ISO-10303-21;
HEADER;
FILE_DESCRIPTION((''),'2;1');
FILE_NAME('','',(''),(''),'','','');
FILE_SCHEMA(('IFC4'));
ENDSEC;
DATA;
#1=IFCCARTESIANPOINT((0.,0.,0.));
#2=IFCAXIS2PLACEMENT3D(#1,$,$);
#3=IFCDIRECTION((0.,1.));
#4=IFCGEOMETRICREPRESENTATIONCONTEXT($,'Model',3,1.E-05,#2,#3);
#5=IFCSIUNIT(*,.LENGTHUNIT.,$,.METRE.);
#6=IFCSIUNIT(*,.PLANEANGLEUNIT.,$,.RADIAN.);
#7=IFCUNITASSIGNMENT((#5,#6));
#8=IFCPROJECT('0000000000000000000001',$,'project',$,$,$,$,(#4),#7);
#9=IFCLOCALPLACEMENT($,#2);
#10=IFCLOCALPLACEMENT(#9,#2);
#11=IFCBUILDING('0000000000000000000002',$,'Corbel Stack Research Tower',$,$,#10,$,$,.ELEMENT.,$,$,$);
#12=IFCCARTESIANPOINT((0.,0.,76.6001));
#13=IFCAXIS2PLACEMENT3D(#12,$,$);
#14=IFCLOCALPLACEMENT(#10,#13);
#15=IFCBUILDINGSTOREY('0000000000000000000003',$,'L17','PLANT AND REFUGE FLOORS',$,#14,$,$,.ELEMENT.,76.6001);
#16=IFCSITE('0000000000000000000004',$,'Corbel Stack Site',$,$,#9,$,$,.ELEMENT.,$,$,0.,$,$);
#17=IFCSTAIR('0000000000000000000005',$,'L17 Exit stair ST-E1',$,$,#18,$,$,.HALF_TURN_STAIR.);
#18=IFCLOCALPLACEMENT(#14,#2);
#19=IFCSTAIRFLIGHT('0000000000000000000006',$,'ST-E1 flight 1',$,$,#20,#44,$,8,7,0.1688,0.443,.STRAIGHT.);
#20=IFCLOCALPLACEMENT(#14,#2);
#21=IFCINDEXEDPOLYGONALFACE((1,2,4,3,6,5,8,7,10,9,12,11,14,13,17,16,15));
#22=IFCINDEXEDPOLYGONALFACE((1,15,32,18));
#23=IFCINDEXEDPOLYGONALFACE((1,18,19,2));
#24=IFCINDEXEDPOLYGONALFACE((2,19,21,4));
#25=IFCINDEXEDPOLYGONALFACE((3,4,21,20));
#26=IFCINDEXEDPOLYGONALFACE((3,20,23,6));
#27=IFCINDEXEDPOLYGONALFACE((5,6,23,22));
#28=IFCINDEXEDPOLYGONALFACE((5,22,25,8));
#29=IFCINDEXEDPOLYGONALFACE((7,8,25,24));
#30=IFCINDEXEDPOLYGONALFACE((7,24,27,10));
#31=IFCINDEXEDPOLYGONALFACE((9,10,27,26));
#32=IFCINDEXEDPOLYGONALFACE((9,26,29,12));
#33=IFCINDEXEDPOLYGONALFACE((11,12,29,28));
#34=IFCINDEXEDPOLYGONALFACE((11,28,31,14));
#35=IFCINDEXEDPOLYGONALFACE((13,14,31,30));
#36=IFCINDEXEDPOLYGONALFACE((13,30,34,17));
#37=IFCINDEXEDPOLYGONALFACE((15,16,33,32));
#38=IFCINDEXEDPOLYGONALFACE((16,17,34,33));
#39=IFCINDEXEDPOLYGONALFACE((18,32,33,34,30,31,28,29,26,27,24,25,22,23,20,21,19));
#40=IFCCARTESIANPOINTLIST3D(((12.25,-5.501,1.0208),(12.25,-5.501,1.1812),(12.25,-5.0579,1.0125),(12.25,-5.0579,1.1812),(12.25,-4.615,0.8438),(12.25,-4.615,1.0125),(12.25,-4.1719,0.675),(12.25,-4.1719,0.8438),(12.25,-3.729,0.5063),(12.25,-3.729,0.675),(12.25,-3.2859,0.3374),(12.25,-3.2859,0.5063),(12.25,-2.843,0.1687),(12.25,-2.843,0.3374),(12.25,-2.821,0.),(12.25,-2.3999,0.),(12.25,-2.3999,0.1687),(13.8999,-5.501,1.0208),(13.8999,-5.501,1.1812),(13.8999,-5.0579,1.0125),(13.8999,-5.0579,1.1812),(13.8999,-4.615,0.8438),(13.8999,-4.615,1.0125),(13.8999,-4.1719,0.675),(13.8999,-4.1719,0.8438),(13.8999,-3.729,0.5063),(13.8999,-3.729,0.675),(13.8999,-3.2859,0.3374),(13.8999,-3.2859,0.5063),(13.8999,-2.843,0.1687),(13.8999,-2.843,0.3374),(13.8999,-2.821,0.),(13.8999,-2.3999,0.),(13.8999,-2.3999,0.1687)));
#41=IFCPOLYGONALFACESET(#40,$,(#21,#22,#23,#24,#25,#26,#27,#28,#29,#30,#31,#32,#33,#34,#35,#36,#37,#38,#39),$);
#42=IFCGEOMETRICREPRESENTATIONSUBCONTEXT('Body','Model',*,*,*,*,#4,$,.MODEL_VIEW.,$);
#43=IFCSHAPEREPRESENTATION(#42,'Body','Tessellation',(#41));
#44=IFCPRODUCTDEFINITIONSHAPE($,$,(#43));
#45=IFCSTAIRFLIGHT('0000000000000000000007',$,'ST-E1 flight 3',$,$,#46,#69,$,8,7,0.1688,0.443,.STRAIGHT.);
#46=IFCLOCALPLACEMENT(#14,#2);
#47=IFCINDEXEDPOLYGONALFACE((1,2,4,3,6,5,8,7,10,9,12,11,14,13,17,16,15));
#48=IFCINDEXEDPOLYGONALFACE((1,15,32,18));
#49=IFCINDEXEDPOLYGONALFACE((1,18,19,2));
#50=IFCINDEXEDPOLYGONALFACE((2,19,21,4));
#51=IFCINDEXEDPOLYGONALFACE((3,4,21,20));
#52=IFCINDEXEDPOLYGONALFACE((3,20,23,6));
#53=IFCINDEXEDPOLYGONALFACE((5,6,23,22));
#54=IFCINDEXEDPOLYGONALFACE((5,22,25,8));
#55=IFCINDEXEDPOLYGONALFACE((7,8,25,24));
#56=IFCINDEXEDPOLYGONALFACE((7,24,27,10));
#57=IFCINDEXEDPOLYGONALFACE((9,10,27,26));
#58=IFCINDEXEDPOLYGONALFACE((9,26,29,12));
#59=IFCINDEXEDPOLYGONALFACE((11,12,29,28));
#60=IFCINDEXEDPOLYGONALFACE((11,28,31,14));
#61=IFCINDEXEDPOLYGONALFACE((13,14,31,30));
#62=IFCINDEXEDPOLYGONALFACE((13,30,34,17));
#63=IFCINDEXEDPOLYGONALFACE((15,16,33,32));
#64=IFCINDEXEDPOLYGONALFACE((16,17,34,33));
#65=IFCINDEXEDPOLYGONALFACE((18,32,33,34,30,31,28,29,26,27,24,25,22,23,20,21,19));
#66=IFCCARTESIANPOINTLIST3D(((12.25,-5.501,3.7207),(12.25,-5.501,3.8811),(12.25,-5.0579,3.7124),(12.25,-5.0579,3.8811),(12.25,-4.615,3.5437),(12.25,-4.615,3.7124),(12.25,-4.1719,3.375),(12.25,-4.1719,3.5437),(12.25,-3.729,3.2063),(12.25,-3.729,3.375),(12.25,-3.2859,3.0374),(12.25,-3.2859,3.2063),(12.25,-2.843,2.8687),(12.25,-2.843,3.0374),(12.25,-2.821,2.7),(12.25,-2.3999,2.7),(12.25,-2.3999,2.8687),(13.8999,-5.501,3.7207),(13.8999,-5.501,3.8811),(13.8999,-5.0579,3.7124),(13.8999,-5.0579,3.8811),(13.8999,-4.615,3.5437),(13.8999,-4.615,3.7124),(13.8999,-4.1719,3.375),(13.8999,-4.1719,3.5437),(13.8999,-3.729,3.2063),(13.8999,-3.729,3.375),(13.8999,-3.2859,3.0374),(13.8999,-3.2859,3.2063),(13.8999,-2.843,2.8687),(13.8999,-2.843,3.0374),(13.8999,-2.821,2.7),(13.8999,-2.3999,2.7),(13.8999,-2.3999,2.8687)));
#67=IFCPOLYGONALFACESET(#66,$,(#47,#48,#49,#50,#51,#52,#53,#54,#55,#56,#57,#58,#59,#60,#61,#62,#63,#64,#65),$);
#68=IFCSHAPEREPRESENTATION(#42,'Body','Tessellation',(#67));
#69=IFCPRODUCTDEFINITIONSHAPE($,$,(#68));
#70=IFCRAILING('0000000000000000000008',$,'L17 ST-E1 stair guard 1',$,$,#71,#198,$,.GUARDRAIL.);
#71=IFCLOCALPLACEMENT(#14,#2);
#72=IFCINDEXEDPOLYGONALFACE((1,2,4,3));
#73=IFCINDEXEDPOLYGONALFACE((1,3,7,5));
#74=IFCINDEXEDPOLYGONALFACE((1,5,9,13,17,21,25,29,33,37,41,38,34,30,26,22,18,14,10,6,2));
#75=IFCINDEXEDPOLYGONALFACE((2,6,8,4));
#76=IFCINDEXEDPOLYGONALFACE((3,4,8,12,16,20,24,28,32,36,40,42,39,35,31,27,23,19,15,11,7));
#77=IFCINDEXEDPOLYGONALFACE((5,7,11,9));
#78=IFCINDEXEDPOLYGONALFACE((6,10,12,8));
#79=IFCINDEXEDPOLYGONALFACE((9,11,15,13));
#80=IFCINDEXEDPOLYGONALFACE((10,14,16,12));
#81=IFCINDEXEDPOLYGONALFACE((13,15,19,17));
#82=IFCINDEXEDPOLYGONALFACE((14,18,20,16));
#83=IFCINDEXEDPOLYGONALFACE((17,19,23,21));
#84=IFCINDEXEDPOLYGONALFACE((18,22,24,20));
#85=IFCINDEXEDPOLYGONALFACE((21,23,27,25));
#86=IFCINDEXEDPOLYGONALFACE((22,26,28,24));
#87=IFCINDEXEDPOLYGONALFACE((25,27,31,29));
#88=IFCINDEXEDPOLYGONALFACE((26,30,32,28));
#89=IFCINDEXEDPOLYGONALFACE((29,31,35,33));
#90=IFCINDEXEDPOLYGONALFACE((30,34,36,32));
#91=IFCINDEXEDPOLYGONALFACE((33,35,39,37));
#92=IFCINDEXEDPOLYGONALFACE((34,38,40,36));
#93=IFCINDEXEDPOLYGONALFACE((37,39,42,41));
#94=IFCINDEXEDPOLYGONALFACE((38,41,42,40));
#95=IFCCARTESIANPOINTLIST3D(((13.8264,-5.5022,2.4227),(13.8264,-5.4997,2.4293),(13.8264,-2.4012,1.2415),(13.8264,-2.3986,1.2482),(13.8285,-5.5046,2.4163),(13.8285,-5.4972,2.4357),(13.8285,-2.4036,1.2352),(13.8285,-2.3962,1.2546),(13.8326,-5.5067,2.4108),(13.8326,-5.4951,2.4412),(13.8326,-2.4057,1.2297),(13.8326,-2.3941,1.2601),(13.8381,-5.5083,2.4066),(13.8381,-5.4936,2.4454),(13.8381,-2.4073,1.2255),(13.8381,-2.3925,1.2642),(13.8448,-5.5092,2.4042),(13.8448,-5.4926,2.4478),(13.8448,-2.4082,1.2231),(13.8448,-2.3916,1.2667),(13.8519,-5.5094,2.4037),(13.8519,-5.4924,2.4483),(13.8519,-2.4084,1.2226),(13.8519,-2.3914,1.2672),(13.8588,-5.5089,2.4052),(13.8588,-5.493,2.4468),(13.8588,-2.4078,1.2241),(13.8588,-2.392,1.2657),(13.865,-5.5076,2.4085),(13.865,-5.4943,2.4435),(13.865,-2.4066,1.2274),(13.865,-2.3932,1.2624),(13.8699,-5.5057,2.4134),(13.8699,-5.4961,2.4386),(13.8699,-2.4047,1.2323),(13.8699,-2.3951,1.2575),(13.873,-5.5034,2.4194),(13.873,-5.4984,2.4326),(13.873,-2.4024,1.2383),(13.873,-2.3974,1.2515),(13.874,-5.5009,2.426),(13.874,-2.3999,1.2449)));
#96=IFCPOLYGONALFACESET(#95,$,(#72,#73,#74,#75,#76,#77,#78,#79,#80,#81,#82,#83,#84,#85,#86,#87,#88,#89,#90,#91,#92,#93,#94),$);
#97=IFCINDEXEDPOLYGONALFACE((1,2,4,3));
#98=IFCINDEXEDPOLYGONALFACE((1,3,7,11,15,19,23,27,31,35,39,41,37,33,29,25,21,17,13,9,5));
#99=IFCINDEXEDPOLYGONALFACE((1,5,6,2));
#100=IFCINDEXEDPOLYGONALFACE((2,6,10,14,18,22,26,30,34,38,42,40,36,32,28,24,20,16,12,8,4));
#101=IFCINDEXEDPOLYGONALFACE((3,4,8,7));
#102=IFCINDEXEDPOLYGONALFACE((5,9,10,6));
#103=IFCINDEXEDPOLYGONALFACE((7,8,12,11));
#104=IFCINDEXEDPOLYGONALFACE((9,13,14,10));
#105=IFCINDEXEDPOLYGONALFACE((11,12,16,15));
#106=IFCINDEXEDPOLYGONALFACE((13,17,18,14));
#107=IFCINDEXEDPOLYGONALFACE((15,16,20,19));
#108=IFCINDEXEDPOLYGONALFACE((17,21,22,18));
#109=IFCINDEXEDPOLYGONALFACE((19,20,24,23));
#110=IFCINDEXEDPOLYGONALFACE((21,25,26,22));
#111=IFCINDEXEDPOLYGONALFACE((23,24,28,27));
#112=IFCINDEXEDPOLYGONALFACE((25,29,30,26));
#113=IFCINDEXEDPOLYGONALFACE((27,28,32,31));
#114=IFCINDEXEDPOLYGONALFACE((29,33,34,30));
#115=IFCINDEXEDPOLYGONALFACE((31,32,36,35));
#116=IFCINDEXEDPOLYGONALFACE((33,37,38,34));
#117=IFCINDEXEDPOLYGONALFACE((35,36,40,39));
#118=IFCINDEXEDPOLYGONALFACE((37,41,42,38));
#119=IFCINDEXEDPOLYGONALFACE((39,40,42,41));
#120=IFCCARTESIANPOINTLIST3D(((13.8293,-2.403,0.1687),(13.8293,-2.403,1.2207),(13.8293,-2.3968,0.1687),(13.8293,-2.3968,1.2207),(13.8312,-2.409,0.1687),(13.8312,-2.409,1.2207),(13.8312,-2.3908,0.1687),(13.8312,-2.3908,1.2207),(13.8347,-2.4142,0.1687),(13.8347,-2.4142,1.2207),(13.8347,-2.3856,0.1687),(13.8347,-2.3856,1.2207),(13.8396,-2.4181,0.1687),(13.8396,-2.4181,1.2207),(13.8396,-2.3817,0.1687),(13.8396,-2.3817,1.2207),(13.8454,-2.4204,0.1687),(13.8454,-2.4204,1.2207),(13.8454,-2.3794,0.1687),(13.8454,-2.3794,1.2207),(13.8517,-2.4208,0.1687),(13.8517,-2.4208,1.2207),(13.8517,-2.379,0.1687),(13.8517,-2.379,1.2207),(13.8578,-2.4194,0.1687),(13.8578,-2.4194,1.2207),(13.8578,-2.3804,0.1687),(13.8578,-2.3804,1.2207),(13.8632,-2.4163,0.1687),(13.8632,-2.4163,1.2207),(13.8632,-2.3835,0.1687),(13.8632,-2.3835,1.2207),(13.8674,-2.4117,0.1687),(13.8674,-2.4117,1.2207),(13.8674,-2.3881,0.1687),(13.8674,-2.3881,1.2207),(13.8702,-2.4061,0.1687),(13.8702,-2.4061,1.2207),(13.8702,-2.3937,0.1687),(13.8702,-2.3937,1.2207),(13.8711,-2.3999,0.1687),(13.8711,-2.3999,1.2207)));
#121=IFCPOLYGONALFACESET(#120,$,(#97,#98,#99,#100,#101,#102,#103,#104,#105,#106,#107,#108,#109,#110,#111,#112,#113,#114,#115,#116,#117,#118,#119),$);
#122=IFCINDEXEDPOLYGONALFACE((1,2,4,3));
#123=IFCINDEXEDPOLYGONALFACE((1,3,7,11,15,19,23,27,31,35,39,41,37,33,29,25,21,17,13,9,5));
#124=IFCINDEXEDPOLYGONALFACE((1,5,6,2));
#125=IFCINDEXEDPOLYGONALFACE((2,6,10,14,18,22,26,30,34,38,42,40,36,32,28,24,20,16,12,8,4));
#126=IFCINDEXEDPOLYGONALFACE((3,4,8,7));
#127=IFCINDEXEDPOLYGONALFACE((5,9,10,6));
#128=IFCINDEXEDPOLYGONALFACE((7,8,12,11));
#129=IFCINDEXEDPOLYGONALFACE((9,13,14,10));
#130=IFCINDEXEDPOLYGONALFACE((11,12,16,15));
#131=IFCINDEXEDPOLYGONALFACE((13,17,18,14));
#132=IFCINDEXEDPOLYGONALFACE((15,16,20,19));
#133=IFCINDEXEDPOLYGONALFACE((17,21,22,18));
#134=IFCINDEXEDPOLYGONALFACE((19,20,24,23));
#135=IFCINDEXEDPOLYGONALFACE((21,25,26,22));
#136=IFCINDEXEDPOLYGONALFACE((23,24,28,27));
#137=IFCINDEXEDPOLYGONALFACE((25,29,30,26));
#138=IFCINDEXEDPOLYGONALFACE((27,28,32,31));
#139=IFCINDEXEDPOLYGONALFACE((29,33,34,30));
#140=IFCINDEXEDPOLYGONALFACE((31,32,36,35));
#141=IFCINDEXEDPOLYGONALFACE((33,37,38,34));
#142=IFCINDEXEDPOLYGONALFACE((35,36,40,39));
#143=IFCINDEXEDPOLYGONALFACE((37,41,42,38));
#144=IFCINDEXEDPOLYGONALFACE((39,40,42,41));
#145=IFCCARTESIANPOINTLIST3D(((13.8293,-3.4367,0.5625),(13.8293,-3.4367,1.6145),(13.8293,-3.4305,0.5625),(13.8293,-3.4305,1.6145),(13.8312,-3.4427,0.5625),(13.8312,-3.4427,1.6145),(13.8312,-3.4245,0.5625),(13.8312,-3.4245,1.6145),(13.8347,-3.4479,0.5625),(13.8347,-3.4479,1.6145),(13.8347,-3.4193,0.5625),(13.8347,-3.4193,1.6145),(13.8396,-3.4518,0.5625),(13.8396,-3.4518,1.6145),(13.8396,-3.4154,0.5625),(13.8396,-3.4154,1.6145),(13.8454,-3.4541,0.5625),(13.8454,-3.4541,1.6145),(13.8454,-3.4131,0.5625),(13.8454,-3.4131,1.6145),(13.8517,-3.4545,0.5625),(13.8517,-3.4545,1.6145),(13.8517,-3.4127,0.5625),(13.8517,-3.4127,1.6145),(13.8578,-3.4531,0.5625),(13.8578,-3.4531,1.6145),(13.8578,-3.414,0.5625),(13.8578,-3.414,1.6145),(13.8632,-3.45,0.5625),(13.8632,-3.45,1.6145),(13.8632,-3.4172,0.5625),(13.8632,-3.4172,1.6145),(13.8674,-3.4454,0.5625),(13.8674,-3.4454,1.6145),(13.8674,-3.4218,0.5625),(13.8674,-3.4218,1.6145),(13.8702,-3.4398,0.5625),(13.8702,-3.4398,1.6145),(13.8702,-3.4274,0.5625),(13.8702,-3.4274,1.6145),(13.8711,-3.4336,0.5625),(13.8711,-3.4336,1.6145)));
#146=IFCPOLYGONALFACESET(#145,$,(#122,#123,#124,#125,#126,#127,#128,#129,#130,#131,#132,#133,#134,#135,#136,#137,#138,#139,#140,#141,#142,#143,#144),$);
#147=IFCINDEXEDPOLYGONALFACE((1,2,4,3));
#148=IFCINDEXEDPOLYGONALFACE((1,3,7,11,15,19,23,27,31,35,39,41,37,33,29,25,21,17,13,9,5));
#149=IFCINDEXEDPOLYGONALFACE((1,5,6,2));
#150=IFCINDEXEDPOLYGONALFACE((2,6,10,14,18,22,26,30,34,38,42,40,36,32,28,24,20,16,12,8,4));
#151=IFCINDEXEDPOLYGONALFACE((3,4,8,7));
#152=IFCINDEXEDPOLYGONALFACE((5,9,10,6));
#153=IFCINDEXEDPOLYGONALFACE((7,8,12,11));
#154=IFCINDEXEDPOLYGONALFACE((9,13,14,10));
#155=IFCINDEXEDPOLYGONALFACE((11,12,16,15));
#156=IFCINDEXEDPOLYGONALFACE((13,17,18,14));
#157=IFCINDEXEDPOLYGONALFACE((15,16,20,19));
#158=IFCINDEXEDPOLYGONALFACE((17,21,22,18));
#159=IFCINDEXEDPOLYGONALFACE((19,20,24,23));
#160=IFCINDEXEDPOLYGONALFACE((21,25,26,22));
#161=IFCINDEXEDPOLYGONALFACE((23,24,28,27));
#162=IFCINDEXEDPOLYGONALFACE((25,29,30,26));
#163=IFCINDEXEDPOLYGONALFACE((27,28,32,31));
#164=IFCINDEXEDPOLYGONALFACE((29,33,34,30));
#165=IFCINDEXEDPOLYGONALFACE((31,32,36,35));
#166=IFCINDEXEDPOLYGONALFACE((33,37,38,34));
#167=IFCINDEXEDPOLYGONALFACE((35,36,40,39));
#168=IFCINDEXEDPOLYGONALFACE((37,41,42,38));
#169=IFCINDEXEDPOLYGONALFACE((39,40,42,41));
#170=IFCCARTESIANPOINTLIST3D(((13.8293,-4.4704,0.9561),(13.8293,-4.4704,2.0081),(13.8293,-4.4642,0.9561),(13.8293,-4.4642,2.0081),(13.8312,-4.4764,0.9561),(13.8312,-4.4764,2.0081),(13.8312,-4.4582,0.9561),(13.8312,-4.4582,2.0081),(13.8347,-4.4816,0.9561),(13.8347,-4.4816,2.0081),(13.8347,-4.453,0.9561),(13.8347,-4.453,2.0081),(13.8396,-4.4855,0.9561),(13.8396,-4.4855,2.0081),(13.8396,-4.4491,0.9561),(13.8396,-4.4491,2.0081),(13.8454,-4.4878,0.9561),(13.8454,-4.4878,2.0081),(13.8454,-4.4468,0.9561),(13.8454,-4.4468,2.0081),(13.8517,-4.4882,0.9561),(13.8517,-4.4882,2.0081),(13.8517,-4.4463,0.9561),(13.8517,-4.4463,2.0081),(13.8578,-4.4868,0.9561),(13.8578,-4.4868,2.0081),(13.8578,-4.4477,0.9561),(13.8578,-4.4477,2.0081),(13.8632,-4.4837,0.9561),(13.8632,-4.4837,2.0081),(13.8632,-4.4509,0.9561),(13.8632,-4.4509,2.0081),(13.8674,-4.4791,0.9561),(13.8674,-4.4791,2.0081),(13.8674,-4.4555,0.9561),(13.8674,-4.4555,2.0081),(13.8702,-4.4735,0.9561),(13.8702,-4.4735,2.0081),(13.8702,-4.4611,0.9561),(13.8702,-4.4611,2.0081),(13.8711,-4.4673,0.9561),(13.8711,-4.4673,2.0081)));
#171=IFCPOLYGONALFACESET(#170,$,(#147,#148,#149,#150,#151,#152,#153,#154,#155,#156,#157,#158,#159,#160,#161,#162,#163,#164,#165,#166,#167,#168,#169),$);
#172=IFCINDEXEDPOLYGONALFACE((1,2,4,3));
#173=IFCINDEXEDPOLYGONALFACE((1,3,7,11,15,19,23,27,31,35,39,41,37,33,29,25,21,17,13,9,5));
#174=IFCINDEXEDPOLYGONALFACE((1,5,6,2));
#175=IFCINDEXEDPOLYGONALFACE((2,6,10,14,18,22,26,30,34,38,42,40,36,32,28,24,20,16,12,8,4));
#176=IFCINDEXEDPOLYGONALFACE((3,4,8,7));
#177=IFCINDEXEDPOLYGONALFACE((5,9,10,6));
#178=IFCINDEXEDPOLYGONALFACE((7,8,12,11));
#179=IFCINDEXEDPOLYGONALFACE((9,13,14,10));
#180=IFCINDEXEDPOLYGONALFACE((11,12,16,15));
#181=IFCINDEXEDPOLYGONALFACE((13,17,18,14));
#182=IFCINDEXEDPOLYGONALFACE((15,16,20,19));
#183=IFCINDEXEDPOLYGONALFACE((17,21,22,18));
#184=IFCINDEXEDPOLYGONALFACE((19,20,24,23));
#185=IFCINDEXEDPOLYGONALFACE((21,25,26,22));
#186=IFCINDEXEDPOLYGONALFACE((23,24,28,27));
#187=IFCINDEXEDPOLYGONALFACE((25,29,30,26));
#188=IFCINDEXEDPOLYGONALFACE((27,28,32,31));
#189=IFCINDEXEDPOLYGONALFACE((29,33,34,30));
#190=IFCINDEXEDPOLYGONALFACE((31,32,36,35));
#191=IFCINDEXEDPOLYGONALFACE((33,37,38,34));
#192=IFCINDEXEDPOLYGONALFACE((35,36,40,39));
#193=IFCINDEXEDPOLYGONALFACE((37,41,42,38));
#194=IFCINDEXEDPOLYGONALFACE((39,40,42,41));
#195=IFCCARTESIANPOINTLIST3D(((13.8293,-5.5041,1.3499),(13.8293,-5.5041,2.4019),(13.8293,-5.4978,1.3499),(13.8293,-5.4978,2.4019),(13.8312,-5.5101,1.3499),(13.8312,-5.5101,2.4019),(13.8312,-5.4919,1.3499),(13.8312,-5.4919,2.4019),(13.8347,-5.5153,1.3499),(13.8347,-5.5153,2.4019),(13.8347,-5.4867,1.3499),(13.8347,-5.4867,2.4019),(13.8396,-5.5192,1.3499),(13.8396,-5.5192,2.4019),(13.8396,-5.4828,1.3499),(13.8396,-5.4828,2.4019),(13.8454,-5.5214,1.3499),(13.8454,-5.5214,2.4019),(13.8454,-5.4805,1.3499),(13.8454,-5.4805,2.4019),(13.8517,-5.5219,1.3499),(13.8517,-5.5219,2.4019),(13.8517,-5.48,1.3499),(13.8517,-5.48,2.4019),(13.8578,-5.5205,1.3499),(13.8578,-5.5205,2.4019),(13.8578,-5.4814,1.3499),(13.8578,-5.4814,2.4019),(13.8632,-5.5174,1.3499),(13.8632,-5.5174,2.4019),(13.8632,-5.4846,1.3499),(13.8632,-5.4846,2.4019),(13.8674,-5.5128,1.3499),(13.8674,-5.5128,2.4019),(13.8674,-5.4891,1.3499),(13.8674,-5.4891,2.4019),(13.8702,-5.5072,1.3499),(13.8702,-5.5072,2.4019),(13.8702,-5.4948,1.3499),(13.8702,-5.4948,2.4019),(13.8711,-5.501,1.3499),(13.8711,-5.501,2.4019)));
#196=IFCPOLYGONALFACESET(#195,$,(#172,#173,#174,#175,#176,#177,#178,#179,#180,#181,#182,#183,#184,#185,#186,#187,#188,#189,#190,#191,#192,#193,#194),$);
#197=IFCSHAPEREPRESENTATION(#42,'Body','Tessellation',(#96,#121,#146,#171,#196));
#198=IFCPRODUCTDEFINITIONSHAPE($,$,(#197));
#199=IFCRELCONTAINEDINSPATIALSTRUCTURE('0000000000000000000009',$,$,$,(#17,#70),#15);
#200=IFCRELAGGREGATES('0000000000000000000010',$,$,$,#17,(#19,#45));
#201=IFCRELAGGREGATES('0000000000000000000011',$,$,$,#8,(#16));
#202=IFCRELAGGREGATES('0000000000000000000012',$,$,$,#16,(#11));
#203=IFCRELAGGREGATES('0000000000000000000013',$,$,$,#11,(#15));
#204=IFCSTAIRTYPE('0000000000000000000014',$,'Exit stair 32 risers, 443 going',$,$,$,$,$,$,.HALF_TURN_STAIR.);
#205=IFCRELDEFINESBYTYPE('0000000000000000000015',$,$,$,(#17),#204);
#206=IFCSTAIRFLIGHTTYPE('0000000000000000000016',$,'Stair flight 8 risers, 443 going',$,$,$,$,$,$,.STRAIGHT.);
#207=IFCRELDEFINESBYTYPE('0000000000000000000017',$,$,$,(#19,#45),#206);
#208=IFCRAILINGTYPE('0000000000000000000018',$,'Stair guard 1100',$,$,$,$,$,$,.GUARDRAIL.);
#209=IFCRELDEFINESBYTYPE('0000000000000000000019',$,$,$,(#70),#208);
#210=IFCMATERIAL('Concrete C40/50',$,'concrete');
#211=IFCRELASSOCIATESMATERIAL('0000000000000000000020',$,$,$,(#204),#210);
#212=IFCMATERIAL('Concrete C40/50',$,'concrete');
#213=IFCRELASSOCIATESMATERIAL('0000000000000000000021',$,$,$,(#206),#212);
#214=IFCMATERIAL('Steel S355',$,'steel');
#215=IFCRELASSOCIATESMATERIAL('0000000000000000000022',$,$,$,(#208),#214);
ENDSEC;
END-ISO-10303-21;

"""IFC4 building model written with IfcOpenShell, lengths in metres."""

from ifc_helpers import new_model, si_unit, direction, frame, origin, origin_2d, place, context, subcontext, project, spatial, polyline, circle, outline, extrude, material, type_object, element, aggregate, save


model = new_model("IFC4")

# Units and contexts
model_context = context("Model", 3, precision=1e-05, world=origin(), true_north=direction((0.0, 1.0)))
body_context = subcontext(model_context, "Body", "Model", "MODEL_VIEW")
ifc_project = project(units=[si_unit("LENGTHUNIT", "METRE"), si_unit("PLANEANGLEUNIT", "RADIAN")], contexts=[model_context])

# Site, building, storey
site_placement = place(None, origin())
site = spatial("IfcSite", under=ifc_project, at=site_placement, Name="Corbel Stack Site", CompositionType="ELEMENT", RefElevation=0.0)
building_placement = place(site_placement, origin())
building = spatial("IfcBuilding", under=site, at=building_placement, Name="Corbel Stack Research Tower", CompositionType="ELEMENT")
storey_placement = place(building_placement, frame((0.0, 0.0, 76.6001)))
storey = spatial("IfcBuildingStorey", under=building, at=storey_placement, Name="L17", Description="PLANT AND REFUGE FLOORS", CompositionType="ELEMENT", Elevation=76.6001)

# Stair, stair flights
ifc_material_1 = material(Name="Concrete C40/50", Category="concrete")
stair_type = type_object("IfcStairType", Name="Exit stair 32 risers, 443 going", PredefinedType="HALF_TURN_STAIR", material=ifc_material_1)
stair_placement = place(storey_placement, origin())
stair = element("IfcStair", 1, at=stair_placement, inside=storey, type_object=stair_type, Name="L17 Exit stair ST-E1", PredefinedType="HALF_TURN_STAIR")
ifc_material_2 = material(Name="Concrete C40/50", Category="concrete")
stair_flight_type = type_object("IfcStairFlightType", Name="Stair flight 8 risers, 443 going", PredefinedType="STRAIGHT", material=ifc_material_2)
stair_flight_1_placement = place(storey_placement, frame((13.075, -2.3999, 0.0), z_axis=(0.0, 0.0, 1.0), x_axis=(0.0, -1.0, 0.0)))
stair_flight_1 = element("IfcStairFlight", 2, at=stair_flight_1_placement, type_object=stair_flight_type, Name="ST-E1 flight 1", NumberOfRisers=8, NumberOfTreads=7, PredefinedType="STRAIGHT", RiserHeight=0.1688, TreadLength=0.443, context=body_context, shape_type="SweptSolid", body=[
    extrude(outline(polyline([(0.0, 0.0), (0.0, 0.1687), (0.4431, 0.1687), (0.4431, 0.3374), (0.886, 0.3374), (0.886, 0.5063), (1.3291, 0.5063), (1.3291, 0.675), (1.772, 0.675), (1.772, 0.8438), (2.2151, 0.8438), (2.2151, 1.0125), (2.658, 1.0125), (2.658, 1.1812), (3.1011, 1.1812), (3.1011, 1.3501), (3.1011, 1.0208), (0.4211, 0.0), (0.0, 0.0)])), frame((0.0, 0.825, 0.0), z_axis=(0.0, -1.0, 0.0), x_axis=(1.0, 0.0, 0.0)), (0.0, 0.0, 1.0), 1.6499),
])
stair_flight_2_placement = place(storey_placement, frame((13.075, -2.3999, 2.7), z_axis=(0.0, 0.0, 1.0), x_axis=(0.0, -1.0, 0.0)))
stair_flight_2 = element("IfcStairFlight", 3, at=stair_flight_2_placement, type_object=stair_flight_type, Name="ST-E1 flight 3", NumberOfRisers=8, NumberOfTreads=7, PredefinedType="STRAIGHT", RiserHeight=0.1688, TreadLength=0.443, context=body_context, shape_type="SweptSolid", body=[
    extrude(outline(polyline([(0.0, 0.0), (0.0, 0.1687), (0.4431, 0.1687), (0.4431, 0.3374), (0.886, 0.3374), (0.886, 0.5063), (1.3291, 0.5063), (1.3291, 0.675), (1.772, 0.675), (1.772, 0.8438), (2.2151, 0.8438), (2.2151, 1.0125), (2.658, 1.0125), (2.658, 1.1812), (3.1011, 1.1812), (3.1011, 1.3501), (3.1011, 1.0208), (0.4211, 0.0), (0.0, 0.0)])), frame((0.0, 0.825, 0.0), z_axis=(0.0, -1.0, 0.0), x_axis=(1.0, 0.0, 0.0)), (0.0, 0.0, 1.0), 1.6499),
])
aggregate(stair, [stair_flight_1, stair_flight_2])

# Railing
ifc_material_3 = material(Name="Steel S355", Category="steel")
railing_type_1 = type_object("IfcRailingType", Name="Stair guard 1100", PredefinedType="GUARDRAIL", material=ifc_material_3)
railing_1_placement = place(storey_placement, frame((13.8501, -2.3999, 0.1687)))
element("IfcRailing", 4, at=railing_1_placement, inside=storey, type_object=railing_type_1, Name="L17 ST-E1 stair guard 1", PredefinedType="GUARDRAIL", context=body_context, shape_type="SweptSolid", body=[
    extrude(circle(Radius=0.0239, at=origin_2d()), frame((0.0, 0.0, 1.0762), z_axis=(0.0, -0.934509, 0.35594), x_axis=(1.0, 0.0, 0.0)), (0.0, 0.0, 1.0), 3.3184),
    extrude(circle(Radius=0.021, at=origin_2d()), origin(), (0.0, 0.0, 1.0), 1.052),
    extrude(circle(Radius=0.021, at=origin_2d()), frame((0.0, -1.0337, 0.3938)), (0.0, 0.0, 1.0), 1.052),
    extrude(circle(Radius=0.021, at=origin_2d()), frame((0.0, -2.0674, 0.7874)), (0.0, 0.0, 1.0), 1.052),
    extrude(circle(Radius=0.021, at=origin_2d()), frame((0.0, -3.1011, 1.1812)), (0.0, 0.0, 1.0), 1.052),
])

save(model, "model.ifc")
